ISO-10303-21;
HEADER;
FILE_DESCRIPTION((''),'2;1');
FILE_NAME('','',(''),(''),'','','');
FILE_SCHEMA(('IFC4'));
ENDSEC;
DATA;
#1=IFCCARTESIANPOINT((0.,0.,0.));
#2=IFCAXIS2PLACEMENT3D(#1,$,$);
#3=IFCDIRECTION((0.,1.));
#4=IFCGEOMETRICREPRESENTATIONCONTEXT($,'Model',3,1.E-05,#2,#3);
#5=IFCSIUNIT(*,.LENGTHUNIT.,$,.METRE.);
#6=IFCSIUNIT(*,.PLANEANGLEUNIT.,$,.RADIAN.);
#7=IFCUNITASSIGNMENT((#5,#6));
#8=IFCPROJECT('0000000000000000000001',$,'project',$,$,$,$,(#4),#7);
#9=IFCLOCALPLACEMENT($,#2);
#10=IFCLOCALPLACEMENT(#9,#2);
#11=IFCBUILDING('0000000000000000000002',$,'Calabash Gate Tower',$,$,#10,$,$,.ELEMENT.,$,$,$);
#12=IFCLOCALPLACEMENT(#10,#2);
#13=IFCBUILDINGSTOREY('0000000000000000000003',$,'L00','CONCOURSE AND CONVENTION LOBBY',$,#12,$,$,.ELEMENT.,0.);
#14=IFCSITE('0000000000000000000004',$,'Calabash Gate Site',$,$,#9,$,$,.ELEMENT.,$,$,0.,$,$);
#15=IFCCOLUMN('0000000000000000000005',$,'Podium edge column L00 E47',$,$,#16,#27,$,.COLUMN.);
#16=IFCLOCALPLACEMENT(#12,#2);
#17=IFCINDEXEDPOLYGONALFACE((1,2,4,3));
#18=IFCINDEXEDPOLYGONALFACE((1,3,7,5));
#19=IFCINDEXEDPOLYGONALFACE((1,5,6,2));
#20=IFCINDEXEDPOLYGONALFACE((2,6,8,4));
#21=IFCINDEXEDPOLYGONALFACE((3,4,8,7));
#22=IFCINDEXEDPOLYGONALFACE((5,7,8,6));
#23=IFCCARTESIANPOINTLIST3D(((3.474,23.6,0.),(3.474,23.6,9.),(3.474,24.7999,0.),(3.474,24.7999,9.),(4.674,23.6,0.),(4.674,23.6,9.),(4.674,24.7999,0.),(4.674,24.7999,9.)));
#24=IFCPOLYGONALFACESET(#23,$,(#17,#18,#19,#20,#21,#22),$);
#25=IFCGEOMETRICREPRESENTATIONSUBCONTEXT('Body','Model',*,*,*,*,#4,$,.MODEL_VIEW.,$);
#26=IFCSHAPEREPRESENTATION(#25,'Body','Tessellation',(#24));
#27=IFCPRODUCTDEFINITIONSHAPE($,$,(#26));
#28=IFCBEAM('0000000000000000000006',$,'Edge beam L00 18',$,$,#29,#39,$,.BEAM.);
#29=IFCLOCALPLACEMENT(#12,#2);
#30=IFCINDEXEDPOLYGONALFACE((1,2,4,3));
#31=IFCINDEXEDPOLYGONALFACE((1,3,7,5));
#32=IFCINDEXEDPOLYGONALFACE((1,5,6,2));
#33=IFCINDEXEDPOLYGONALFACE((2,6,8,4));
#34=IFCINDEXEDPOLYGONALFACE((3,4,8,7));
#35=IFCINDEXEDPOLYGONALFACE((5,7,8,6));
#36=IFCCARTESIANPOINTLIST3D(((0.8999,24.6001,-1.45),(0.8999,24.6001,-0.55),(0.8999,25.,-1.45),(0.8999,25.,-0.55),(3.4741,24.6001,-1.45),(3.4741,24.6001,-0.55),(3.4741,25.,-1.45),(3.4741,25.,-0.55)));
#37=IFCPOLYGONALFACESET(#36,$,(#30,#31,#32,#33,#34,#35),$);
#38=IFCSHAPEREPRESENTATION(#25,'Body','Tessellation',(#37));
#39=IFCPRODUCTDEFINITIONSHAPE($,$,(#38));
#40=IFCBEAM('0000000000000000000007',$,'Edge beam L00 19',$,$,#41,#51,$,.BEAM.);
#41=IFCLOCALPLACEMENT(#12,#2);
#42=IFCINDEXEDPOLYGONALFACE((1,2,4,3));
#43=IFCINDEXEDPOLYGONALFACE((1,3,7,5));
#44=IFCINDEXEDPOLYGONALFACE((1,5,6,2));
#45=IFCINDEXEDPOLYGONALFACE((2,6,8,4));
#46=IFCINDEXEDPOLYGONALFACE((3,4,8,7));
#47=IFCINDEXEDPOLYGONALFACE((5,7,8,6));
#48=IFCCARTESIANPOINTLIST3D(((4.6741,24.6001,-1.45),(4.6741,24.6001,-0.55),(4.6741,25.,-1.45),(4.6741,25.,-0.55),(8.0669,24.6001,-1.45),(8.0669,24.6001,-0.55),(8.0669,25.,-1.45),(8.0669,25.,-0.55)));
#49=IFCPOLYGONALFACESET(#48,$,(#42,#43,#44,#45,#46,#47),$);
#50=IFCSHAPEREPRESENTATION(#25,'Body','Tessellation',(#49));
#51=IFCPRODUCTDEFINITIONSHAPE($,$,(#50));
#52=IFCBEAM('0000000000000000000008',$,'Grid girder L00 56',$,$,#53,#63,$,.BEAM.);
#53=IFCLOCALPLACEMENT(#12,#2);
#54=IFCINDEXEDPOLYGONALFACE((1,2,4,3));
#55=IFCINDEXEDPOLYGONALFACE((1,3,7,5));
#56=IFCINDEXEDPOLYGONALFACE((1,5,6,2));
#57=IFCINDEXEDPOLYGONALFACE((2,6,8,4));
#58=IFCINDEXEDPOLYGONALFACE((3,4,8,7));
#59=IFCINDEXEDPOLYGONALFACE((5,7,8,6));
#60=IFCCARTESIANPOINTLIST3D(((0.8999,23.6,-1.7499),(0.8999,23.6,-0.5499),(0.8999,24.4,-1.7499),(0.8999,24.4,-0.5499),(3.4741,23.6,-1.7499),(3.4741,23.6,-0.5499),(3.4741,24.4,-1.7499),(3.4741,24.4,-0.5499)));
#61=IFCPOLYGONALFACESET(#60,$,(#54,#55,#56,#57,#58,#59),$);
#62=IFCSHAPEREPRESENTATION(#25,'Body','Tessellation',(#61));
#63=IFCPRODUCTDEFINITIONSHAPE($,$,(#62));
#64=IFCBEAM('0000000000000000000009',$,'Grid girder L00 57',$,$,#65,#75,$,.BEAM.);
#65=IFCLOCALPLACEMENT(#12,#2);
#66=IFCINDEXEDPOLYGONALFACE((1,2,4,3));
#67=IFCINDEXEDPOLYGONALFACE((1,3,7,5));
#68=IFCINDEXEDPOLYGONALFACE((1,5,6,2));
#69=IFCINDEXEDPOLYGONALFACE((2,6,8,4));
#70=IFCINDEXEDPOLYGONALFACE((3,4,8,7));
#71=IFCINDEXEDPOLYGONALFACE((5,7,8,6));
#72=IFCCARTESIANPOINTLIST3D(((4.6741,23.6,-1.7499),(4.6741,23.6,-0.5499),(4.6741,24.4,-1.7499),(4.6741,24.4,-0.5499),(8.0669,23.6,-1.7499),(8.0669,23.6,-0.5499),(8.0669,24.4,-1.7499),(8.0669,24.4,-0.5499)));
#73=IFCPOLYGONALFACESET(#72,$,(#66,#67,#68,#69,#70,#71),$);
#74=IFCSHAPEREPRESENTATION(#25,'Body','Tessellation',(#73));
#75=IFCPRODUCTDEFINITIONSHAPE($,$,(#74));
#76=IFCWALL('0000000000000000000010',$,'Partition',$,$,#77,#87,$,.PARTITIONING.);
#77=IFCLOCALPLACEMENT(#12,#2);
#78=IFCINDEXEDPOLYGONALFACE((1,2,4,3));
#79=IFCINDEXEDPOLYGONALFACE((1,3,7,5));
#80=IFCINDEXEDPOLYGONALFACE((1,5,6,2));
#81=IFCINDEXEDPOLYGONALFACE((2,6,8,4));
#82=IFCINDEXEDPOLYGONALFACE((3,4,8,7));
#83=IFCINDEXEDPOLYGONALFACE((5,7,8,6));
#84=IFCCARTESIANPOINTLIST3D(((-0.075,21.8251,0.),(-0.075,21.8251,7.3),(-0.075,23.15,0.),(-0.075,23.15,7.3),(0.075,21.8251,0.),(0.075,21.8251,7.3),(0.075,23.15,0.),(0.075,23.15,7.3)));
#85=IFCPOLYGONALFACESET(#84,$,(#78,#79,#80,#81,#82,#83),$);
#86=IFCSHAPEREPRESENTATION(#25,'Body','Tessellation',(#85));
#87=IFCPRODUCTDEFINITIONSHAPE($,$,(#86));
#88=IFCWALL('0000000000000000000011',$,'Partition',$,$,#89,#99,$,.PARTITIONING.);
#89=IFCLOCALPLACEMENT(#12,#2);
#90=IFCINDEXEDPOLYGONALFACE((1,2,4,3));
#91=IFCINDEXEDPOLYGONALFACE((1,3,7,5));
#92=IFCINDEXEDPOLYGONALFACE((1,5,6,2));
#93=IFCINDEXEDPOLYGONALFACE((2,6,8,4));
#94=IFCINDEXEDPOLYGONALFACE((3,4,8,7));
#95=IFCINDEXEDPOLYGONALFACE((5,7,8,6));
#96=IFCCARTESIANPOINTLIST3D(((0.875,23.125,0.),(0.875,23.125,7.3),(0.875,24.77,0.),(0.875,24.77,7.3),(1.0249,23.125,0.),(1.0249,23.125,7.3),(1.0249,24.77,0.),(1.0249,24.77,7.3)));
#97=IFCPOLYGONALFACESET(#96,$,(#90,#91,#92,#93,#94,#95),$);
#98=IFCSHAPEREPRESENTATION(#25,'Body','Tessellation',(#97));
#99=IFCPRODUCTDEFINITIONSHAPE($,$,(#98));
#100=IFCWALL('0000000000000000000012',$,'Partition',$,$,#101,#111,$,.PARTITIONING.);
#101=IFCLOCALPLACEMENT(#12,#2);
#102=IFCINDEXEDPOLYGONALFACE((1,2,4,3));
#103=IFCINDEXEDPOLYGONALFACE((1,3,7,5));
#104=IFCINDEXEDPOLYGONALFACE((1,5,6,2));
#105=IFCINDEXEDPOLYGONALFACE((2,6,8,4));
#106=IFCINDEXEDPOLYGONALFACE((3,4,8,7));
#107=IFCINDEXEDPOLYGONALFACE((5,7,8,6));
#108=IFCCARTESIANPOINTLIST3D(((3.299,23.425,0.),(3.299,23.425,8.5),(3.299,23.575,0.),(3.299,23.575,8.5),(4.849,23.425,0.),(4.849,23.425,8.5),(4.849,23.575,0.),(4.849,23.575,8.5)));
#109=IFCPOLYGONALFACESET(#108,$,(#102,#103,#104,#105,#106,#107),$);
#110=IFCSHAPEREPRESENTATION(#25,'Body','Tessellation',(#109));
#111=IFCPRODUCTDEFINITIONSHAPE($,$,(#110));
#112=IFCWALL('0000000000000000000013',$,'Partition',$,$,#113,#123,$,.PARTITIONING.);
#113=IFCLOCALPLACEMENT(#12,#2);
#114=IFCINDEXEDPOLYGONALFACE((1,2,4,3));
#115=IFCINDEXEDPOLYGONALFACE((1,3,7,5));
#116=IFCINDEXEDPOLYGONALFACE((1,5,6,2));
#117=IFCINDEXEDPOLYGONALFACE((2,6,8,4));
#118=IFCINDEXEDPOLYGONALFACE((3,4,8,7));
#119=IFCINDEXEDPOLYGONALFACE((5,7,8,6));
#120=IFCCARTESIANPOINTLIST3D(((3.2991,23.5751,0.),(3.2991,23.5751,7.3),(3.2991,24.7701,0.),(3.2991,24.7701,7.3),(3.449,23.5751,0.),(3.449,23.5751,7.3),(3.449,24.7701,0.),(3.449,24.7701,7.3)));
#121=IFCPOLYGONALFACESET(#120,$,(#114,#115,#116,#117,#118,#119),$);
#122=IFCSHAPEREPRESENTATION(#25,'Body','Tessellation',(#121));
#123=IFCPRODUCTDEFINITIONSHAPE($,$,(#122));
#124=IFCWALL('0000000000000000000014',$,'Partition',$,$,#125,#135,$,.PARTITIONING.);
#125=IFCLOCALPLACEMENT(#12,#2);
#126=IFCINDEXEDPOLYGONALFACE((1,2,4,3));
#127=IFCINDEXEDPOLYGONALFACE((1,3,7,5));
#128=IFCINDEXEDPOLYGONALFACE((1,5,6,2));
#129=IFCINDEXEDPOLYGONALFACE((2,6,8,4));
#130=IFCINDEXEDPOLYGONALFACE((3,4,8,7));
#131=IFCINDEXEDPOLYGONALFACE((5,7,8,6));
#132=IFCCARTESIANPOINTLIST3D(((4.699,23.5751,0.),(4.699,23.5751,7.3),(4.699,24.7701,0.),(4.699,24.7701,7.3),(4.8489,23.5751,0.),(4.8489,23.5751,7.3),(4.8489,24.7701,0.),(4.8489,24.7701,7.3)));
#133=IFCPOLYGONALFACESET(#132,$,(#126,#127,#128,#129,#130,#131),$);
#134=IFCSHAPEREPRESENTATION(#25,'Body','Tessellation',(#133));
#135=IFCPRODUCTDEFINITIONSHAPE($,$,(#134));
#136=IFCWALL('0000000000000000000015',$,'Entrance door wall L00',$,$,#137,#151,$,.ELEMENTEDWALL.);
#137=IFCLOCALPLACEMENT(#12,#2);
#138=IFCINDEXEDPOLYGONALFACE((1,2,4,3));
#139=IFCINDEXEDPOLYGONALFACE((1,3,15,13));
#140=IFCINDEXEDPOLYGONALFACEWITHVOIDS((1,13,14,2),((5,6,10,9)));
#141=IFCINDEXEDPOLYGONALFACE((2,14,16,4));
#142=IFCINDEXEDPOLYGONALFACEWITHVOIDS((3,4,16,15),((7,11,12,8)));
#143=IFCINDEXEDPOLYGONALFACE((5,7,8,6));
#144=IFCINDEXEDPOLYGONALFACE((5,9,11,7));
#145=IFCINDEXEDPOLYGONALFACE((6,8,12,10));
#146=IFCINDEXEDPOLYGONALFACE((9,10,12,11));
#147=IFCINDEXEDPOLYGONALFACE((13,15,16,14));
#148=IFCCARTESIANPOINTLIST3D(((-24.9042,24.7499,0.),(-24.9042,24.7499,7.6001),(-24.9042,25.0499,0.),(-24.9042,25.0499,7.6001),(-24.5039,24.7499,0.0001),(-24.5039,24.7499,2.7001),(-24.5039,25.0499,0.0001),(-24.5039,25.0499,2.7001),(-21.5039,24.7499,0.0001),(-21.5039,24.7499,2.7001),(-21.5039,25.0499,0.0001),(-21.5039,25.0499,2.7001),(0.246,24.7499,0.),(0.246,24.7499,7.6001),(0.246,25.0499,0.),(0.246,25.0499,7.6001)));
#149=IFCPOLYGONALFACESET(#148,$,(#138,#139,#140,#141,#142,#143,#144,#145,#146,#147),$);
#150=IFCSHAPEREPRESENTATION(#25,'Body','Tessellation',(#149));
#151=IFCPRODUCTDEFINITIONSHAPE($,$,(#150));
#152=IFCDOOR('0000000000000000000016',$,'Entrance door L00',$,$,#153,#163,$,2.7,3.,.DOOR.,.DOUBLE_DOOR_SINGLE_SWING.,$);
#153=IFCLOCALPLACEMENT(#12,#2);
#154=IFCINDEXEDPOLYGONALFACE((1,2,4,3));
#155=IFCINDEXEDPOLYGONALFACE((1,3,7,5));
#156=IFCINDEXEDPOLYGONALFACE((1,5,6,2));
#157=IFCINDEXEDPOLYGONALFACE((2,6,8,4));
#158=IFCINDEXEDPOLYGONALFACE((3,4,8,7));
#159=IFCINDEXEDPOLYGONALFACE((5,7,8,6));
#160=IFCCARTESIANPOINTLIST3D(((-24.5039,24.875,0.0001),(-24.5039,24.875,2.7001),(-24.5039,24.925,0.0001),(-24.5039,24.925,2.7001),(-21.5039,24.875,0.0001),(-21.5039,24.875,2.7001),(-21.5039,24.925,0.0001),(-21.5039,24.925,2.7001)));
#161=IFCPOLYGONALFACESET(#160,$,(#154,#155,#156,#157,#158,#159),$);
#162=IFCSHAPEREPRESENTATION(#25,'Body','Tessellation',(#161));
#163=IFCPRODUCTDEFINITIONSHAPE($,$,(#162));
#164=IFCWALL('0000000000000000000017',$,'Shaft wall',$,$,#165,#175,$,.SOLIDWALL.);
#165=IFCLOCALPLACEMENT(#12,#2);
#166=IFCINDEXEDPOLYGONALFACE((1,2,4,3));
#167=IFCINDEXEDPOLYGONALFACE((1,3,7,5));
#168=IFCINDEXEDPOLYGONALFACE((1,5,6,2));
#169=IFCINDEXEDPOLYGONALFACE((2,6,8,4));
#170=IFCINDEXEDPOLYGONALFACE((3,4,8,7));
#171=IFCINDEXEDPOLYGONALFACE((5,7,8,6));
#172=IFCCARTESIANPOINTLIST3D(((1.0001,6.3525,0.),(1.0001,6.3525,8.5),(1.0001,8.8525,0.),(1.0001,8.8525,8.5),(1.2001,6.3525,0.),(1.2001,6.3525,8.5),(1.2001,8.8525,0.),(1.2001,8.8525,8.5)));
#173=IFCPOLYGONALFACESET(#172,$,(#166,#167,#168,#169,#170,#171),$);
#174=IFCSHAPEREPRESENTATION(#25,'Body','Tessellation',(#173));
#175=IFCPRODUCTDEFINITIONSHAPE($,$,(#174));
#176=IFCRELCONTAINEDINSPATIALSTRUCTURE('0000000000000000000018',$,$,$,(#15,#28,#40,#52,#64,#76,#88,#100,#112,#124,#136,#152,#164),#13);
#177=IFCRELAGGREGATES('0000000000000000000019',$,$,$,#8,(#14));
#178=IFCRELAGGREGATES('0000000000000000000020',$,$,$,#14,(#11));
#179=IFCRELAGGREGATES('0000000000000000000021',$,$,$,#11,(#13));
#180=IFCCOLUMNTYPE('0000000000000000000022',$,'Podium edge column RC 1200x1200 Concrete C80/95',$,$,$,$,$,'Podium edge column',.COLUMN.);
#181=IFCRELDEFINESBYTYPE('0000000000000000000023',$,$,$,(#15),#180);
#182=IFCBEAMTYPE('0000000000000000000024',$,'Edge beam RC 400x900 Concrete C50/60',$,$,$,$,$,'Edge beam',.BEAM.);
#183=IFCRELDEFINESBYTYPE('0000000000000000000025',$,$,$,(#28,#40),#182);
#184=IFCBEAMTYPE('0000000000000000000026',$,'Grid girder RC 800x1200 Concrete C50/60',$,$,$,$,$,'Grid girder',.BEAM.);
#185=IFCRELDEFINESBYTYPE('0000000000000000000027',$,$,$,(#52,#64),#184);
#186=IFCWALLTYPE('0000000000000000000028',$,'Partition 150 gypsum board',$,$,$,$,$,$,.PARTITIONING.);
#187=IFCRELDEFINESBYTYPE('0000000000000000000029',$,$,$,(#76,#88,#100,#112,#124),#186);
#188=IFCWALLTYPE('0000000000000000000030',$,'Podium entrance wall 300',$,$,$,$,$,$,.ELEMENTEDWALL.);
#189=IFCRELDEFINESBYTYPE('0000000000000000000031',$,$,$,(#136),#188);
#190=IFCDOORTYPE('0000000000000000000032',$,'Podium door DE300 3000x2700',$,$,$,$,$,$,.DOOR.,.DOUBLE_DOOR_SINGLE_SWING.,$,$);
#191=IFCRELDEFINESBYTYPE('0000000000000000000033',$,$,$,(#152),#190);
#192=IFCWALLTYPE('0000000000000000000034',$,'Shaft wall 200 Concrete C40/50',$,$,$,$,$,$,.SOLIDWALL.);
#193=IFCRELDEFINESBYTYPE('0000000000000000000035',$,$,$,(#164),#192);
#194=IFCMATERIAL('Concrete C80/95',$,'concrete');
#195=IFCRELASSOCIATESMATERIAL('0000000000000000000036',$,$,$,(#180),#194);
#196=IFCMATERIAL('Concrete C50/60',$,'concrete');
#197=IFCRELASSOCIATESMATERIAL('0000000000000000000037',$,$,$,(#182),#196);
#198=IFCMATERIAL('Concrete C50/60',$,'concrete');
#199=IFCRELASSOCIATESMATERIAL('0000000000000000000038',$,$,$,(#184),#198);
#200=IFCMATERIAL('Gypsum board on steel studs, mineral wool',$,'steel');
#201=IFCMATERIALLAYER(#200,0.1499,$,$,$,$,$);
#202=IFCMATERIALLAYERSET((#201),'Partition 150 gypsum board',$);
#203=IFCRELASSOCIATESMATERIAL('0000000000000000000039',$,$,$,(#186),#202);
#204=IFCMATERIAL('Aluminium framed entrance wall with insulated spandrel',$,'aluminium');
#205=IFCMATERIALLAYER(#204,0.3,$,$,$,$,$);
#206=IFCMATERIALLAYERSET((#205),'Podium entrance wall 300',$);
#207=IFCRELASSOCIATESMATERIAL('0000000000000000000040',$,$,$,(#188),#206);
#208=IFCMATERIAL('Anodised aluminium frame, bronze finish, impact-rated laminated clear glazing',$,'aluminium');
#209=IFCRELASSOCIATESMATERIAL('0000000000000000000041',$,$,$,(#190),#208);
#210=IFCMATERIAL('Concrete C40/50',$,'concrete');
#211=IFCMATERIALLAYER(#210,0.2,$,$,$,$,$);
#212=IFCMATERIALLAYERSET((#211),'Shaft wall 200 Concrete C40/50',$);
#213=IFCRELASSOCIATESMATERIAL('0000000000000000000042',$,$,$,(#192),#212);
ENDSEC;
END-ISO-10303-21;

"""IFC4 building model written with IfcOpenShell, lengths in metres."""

from ifc_helpers import new_model, si_unit, direction, frame, frame_2d, origin, origin_2d, place, context, subcontext, project, spatial, rectangle, extrude, material, layer, layer_set, material_profile, profile_set, type_object, element, fill, save


model = new_model("IFC4")

# Units and contexts
model_context = context("Model", 3, precision=1e-05, world=origin(), true_north=direction((0.0, 1.0)))
body_context = subcontext(model_context, "Body", "Model", "MODEL_VIEW")
ifc_project = project(units=[si_unit("LENGTHUNIT", "METRE"), si_unit("PLANEANGLEUNIT", "RADIAN")], contexts=[model_context])

# Site, building, storey
site_placement = place(None, origin())
site = spatial("IfcSite", under=ifc_project, at=site_placement, Name="Calabash Gate Site", CompositionType="ELEMENT", RefElevation=0.0)
building_placement = place(site_placement, origin())
building = spatial("IfcBuilding", under=site, at=building_placement, Name="Calabash Gate Tower", CompositionType="ELEMENT")
storey_placement = place(building_placement, origin())
storey = spatial("IfcBuildingStorey", under=building, at=storey_placement, Name="L00", Description="CONCOURSE AND CONVENTION LOBBY", CompositionType="ELEMENT", Elevation=0.0)

# Column
ifc_material_1 = material(Name="Concrete C80/95", Category="concrete")
ifc_material_profile_1 = material_profile(ifc_material_1, rectangle(XDim=1.2, YDim=1.2, at=origin_2d()))
ifc_profile_set_1 = profile_set([ifc_material_profile_1], Name="Concrete C80/95")
column_type = type_object("IfcColumnType", Name="Podium edge column RC 1200x1200 Concrete C80/95", ElementType="Podium edge column", PredefinedType="COLUMN", material=ifc_profile_set_1)
column_placement = place(storey_placement, frame((4.074, 24.2, 0.0), z_axis=(0.0, 0.0, 1.0), x_axis=(1.0, 0.0, 0.0)))
element("IfcColumn", 1, at=column_placement, inside=storey, type_object=column_type, Name="Podium edge column L00 E47", PredefinedType="COLUMN", context=body_context, shape_type="SweptSolid", body=[
    extrude(rectangle(XDim=1.2, YDim=1.2, at=origin_2d()), origin(), (0.0, 0.0, 1.0), 9.0),
])

# Beams
ifc_material_2 = material(Name="Concrete C50/60", Category="concrete")
ifc_material_profile_2 = material_profile(ifc_material_2, rectangle(XDim=0.3999, YDim=0.8999, at=origin_2d()))
ifc_profile_set_2 = profile_set([ifc_material_profile_2], Name="Concrete C50/60")
beam_type_1 = type_object("IfcBeamType", Name="Edge beam RC 400x900 Concrete C50/60", ElementType="Edge beam", PredefinedType="BEAM", material=ifc_profile_set_2)
beam_1_placement = place(storey_placement, frame((0.8999, 24.8, -1.0), z_axis=(1.0, 0.0, 0.0), x_axis=(0.0, 1.0, 0.0)))
element("IfcBeam", 2, at=beam_1_placement, inside=storey, type_object=beam_type_1, Name="Edge beam L00 18", PredefinedType="BEAM", context=body_context, shape_type="SweptSolid", body=[
    extrude(rectangle(XDim=0.3999, YDim=0.8999, at=origin_2d()), origin(), (0.0, 0.0, 1.0), 2.5742),
])
beam_2_placement = place(storey_placement, frame((4.6741, 24.8, -1.0), z_axis=(1.0, 0.0, 0.0), x_axis=(0.0, 1.0, 0.0)))
element("IfcBeam", 3, at=beam_2_placement, inside=storey, type_object=beam_type_1, Name="Edge beam L00 19", PredefinedType="BEAM", context=body_context, shape_type="SweptSolid", body=[
    extrude(rectangle(XDim=0.3999, YDim=0.8999, at=origin_2d()), origin(), (0.0, 0.0, 1.0), 3.3928),
])
ifc_material_3 = material(Name="Concrete C50/60", Category="concrete")
ifc_material_profile_3 = material_profile(ifc_material_3, rectangle(XDim=0.8, YDim=1.2, at=origin_2d()))
ifc_profile_set_3 = profile_set([ifc_material_profile_3], Name="Concrete C50/60")
beam_type_2 = type_object("IfcBeamType", Name="Grid girder RC 800x1200 Concrete C50/60", ElementType="Grid girder", PredefinedType="BEAM", material=ifc_profile_set_3)
beam_3_placement = place(storey_placement, frame((0.8999, 24.0, -1.1499), z_axis=(1.0, 0.0, 0.0), x_axis=(0.0, 1.0, 0.0)))
element("IfcBeam", 4, at=beam_3_placement, inside=storey, type_object=beam_type_2, Name="Grid girder L00 56", PredefinedType="BEAM", context=body_context, shape_type="SweptSolid", body=[
    extrude(rectangle(XDim=0.8, YDim=1.2, at=origin_2d()), origin(), (0.0, 0.0, 1.0), 2.5742),
])
beam_4_placement = place(storey_placement, frame((4.6741, 24.0, -1.1499), z_axis=(1.0, 0.0, 0.0), x_axis=(0.0, 1.0, 0.0)))
element("IfcBeam", 5, at=beam_4_placement, inside=storey, type_object=beam_type_2, Name="Grid girder L00 57", PredefinedType="BEAM", context=body_context, shape_type="SweptSolid", body=[
    extrude(rectangle(XDim=0.8, YDim=1.2, at=origin_2d()), origin(), (0.0, 0.0, 1.0), 3.3928),
])

# Walls
ifc_material_4 = material(Name="Gypsum board on steel studs, mineral wool", Category="steel")
ifc_layer_1 = layer(ifc_material_4, 0.1499)
ifc_layer_set_1 = layer_set([ifc_layer_1], Name="Partition 150 gypsum board")
wall_type_1 = type_object("IfcWallType", Name="Partition 150 gypsum board", PredefinedType="PARTITIONING", material=ifc_layer_set_1)
wall_1_placement = place(storey_placement, frame((0.0, 21.825, 0.0), z_axis=(0.0, 0.0, 1.0), x_axis=(0.0, 1.0, 0.0)))
element("IfcWall", 6, at=wall_1_placement, inside=storey, type_object=wall_type_1, Name="Partition", PredefinedType="PARTITIONING", context=body_context, shape_type="SweptSolid", body=[
    extrude(rectangle(XDim=1.325, YDim=0.1499, at=frame_2d((0.6626, 0.0))), origin(), (0.0, 0.0, 1.0), 7.3),
])
wall_2_placement = place(storey_placement, frame((0.95, 23.125, 0.0), z_axis=(0.0, 0.0, 1.0), x_axis=(0.0, 1.0, 0.0)))
element("IfcWall", 7, at=wall_2_placement, inside=storey, type_object=wall_type_1, Name="Partition", PredefinedType="PARTITIONING", context=body_context, shape_type="SweptSolid", body=[
    extrude(rectangle(XDim=1.645, YDim=0.1499, at=frame_2d((0.8225, 0.0))), origin(), (0.0, 0.0, 1.0), 7.3),
])
wall_3_placement = place(storey_placement, frame((3.2991, 23.5, 0.0), z_axis=(0.0, 0.0, 1.0), x_axis=(1.0, 0.0, 0.0)))
element("IfcWall", 8, at=wall_3_placement, inside=storey, type_object=wall_type_1, Name="Partition", PredefinedType="PARTITIONING", context=body_context, shape_type="SweptSolid", body=[
    extrude(rectangle(XDim=1.55, YDim=0.1499, at=frame_2d((0.7749, 0.0))), origin(), (0.0, 0.0, 1.0), 8.5),
])
for number, where, z_axis, x_axis, name in (
    (9, (3.374, 23.575, 0.0), (0.0, 0.0, 1.0), (0.0, 1.0, 0.0), "Partition"),
    (10, (4.7739, 23.575, 0.0), (0.0, 0.0, 1.0), (0.0, 1.0, 0.0), "Partition"),
):
    element("IfcWall", number, at=place(storey_placement, frame(where, z_axis=z_axis, x_axis=x_axis)), inside=storey, type_object=wall_type_1, Name=name, PredefinedType="PARTITIONING", context=body_context, shape_type="SweptSolid", body=[
        extrude(rectangle(XDim=1.1951, YDim=0.1499, at=frame_2d((0.5977, 0.0))), origin(), (0.0, 0.0, 1.0), 7.3),
    ])

# Wall, opening, door
ifc_material_5 = material(Name="Aluminium framed entrance wall with insulated spandrel", Category="aluminium")
ifc_layer_2 = layer(ifc_material_5, 0.3)
ifc_layer_set_2 = layer_set([ifc_layer_2], Name="Podium entrance wall 300")
wall_type_2 = type_object("IfcWallType", Name="Podium entrance wall 300", PredefinedType="ELEMENTEDWALL", material=ifc_layer_set_2)
wall_4_placement = place(storey_placement, frame((0.2461, 24.8999, 0.0), z_axis=(0.0, 0.0, 1.0), x_axis=(-1.0, 0.0, 0.0)))
wall_4 = element("IfcWall", 11, at=wall_4_placement, inside=storey, type_object=wall_type_2, Name="Entrance door wall L00", PredefinedType="ELEMENTEDWALL", context=body_context, shape_type="SweptSolid", body=[
    extrude(rectangle(XDim=25.1501, YDim=0.3, at=frame_2d((12.5752, 0.0))), origin(), (0.0, 0.0, 1.0), 7.6001),
])
opening_1_placement = place(wall_4_placement, frame((21.75, 0.0, 0.0)))
opening_1 = element("IfcOpeningElement", 12, at=opening_1_placement, cuts=wall_4, PredefinedType="OPENING", context=body_context, shape_type="SweptSolid", body=[
    extrude(rectangle(XDim=3.0, YDim=2.7, at=frame_2d((1.5, 1.3501))), frame((0.0, 0.1599, 0.0), z_axis=(0.0, -1.0, 0.0), x_axis=(1.0, 0.0, 0.0)), (0.0, 0.0, 1.0), 0.3201),
])
ifc_material_6 = material(Name="Anodised aluminium frame, bronze finish, impact-rated laminated clear glazing", Category="aluminium")
door_type_1 = type_object("IfcDoorType", Name="Podium door DE300 3000x2700", OperationType="DOUBLE_DOOR_SINGLE_SWING", PredefinedType="DOOR", material=ifc_material_6)
door_1_placement = place(opening_1_placement, origin())
door_1 = element("IfcDoor", 13, at=door_1_placement, inside=storey, type_object=door_type_1, Name="Entrance door L00", OperationType="DOUBLE_DOOR_SINGLE_SWING", OverallHeight=2.7, OverallWidth=3.0, PredefinedType="DOOR", context=body_context, shape_type="SweptSolid", body=[
    extrude(rectangle(XDim=3.0, YDim=2.7, at=frame_2d((1.5, 1.3501))), frame((0.0, 0.0249, 0.0), z_axis=(0.0, -1.0, 0.0), x_axis=(1.0, 0.0, 0.0)), (0.0, 0.0, 1.0), 0.05),
])
fill(opening_1, door_1)

# Wall
ifc_material_7 = material(Name="Concrete C40/50", Category="concrete")
ifc_layer_3 = layer(ifc_material_7, 0.2)
ifc_layer_set_3 = layer_set([ifc_layer_3], Name="Shaft wall 200 Concrete C40/50")
wall_type_3 = type_object("IfcWallType", Name="Shaft wall 200 Concrete C40/50", PredefinedType="SOLIDWALL", material=ifc_layer_set_3)
for number, where, z_axis, x_axis, name in (
    (14, (1.1001, 6.3525, 0.0), (0.0, 0.0, 1.0), (0.0, 1.0, 0.0), "Shaft wall"),
):
    element("IfcWall", number, at=place(storey_placement, frame(where, z_axis=z_axis, x_axis=x_axis)), inside=storey, type_object=wall_type_3, Name=name, PredefinedType="SOLIDWALL", context=body_context, shape_type="SweptSolid", body=[
        extrude(rectangle(XDim=2.5, YDim=0.2, at=frame_2d((1.25, 0.0))), origin(), (0.0, 0.0, 1.0), 8.5),
    ])

save(model, "model.ifc")
